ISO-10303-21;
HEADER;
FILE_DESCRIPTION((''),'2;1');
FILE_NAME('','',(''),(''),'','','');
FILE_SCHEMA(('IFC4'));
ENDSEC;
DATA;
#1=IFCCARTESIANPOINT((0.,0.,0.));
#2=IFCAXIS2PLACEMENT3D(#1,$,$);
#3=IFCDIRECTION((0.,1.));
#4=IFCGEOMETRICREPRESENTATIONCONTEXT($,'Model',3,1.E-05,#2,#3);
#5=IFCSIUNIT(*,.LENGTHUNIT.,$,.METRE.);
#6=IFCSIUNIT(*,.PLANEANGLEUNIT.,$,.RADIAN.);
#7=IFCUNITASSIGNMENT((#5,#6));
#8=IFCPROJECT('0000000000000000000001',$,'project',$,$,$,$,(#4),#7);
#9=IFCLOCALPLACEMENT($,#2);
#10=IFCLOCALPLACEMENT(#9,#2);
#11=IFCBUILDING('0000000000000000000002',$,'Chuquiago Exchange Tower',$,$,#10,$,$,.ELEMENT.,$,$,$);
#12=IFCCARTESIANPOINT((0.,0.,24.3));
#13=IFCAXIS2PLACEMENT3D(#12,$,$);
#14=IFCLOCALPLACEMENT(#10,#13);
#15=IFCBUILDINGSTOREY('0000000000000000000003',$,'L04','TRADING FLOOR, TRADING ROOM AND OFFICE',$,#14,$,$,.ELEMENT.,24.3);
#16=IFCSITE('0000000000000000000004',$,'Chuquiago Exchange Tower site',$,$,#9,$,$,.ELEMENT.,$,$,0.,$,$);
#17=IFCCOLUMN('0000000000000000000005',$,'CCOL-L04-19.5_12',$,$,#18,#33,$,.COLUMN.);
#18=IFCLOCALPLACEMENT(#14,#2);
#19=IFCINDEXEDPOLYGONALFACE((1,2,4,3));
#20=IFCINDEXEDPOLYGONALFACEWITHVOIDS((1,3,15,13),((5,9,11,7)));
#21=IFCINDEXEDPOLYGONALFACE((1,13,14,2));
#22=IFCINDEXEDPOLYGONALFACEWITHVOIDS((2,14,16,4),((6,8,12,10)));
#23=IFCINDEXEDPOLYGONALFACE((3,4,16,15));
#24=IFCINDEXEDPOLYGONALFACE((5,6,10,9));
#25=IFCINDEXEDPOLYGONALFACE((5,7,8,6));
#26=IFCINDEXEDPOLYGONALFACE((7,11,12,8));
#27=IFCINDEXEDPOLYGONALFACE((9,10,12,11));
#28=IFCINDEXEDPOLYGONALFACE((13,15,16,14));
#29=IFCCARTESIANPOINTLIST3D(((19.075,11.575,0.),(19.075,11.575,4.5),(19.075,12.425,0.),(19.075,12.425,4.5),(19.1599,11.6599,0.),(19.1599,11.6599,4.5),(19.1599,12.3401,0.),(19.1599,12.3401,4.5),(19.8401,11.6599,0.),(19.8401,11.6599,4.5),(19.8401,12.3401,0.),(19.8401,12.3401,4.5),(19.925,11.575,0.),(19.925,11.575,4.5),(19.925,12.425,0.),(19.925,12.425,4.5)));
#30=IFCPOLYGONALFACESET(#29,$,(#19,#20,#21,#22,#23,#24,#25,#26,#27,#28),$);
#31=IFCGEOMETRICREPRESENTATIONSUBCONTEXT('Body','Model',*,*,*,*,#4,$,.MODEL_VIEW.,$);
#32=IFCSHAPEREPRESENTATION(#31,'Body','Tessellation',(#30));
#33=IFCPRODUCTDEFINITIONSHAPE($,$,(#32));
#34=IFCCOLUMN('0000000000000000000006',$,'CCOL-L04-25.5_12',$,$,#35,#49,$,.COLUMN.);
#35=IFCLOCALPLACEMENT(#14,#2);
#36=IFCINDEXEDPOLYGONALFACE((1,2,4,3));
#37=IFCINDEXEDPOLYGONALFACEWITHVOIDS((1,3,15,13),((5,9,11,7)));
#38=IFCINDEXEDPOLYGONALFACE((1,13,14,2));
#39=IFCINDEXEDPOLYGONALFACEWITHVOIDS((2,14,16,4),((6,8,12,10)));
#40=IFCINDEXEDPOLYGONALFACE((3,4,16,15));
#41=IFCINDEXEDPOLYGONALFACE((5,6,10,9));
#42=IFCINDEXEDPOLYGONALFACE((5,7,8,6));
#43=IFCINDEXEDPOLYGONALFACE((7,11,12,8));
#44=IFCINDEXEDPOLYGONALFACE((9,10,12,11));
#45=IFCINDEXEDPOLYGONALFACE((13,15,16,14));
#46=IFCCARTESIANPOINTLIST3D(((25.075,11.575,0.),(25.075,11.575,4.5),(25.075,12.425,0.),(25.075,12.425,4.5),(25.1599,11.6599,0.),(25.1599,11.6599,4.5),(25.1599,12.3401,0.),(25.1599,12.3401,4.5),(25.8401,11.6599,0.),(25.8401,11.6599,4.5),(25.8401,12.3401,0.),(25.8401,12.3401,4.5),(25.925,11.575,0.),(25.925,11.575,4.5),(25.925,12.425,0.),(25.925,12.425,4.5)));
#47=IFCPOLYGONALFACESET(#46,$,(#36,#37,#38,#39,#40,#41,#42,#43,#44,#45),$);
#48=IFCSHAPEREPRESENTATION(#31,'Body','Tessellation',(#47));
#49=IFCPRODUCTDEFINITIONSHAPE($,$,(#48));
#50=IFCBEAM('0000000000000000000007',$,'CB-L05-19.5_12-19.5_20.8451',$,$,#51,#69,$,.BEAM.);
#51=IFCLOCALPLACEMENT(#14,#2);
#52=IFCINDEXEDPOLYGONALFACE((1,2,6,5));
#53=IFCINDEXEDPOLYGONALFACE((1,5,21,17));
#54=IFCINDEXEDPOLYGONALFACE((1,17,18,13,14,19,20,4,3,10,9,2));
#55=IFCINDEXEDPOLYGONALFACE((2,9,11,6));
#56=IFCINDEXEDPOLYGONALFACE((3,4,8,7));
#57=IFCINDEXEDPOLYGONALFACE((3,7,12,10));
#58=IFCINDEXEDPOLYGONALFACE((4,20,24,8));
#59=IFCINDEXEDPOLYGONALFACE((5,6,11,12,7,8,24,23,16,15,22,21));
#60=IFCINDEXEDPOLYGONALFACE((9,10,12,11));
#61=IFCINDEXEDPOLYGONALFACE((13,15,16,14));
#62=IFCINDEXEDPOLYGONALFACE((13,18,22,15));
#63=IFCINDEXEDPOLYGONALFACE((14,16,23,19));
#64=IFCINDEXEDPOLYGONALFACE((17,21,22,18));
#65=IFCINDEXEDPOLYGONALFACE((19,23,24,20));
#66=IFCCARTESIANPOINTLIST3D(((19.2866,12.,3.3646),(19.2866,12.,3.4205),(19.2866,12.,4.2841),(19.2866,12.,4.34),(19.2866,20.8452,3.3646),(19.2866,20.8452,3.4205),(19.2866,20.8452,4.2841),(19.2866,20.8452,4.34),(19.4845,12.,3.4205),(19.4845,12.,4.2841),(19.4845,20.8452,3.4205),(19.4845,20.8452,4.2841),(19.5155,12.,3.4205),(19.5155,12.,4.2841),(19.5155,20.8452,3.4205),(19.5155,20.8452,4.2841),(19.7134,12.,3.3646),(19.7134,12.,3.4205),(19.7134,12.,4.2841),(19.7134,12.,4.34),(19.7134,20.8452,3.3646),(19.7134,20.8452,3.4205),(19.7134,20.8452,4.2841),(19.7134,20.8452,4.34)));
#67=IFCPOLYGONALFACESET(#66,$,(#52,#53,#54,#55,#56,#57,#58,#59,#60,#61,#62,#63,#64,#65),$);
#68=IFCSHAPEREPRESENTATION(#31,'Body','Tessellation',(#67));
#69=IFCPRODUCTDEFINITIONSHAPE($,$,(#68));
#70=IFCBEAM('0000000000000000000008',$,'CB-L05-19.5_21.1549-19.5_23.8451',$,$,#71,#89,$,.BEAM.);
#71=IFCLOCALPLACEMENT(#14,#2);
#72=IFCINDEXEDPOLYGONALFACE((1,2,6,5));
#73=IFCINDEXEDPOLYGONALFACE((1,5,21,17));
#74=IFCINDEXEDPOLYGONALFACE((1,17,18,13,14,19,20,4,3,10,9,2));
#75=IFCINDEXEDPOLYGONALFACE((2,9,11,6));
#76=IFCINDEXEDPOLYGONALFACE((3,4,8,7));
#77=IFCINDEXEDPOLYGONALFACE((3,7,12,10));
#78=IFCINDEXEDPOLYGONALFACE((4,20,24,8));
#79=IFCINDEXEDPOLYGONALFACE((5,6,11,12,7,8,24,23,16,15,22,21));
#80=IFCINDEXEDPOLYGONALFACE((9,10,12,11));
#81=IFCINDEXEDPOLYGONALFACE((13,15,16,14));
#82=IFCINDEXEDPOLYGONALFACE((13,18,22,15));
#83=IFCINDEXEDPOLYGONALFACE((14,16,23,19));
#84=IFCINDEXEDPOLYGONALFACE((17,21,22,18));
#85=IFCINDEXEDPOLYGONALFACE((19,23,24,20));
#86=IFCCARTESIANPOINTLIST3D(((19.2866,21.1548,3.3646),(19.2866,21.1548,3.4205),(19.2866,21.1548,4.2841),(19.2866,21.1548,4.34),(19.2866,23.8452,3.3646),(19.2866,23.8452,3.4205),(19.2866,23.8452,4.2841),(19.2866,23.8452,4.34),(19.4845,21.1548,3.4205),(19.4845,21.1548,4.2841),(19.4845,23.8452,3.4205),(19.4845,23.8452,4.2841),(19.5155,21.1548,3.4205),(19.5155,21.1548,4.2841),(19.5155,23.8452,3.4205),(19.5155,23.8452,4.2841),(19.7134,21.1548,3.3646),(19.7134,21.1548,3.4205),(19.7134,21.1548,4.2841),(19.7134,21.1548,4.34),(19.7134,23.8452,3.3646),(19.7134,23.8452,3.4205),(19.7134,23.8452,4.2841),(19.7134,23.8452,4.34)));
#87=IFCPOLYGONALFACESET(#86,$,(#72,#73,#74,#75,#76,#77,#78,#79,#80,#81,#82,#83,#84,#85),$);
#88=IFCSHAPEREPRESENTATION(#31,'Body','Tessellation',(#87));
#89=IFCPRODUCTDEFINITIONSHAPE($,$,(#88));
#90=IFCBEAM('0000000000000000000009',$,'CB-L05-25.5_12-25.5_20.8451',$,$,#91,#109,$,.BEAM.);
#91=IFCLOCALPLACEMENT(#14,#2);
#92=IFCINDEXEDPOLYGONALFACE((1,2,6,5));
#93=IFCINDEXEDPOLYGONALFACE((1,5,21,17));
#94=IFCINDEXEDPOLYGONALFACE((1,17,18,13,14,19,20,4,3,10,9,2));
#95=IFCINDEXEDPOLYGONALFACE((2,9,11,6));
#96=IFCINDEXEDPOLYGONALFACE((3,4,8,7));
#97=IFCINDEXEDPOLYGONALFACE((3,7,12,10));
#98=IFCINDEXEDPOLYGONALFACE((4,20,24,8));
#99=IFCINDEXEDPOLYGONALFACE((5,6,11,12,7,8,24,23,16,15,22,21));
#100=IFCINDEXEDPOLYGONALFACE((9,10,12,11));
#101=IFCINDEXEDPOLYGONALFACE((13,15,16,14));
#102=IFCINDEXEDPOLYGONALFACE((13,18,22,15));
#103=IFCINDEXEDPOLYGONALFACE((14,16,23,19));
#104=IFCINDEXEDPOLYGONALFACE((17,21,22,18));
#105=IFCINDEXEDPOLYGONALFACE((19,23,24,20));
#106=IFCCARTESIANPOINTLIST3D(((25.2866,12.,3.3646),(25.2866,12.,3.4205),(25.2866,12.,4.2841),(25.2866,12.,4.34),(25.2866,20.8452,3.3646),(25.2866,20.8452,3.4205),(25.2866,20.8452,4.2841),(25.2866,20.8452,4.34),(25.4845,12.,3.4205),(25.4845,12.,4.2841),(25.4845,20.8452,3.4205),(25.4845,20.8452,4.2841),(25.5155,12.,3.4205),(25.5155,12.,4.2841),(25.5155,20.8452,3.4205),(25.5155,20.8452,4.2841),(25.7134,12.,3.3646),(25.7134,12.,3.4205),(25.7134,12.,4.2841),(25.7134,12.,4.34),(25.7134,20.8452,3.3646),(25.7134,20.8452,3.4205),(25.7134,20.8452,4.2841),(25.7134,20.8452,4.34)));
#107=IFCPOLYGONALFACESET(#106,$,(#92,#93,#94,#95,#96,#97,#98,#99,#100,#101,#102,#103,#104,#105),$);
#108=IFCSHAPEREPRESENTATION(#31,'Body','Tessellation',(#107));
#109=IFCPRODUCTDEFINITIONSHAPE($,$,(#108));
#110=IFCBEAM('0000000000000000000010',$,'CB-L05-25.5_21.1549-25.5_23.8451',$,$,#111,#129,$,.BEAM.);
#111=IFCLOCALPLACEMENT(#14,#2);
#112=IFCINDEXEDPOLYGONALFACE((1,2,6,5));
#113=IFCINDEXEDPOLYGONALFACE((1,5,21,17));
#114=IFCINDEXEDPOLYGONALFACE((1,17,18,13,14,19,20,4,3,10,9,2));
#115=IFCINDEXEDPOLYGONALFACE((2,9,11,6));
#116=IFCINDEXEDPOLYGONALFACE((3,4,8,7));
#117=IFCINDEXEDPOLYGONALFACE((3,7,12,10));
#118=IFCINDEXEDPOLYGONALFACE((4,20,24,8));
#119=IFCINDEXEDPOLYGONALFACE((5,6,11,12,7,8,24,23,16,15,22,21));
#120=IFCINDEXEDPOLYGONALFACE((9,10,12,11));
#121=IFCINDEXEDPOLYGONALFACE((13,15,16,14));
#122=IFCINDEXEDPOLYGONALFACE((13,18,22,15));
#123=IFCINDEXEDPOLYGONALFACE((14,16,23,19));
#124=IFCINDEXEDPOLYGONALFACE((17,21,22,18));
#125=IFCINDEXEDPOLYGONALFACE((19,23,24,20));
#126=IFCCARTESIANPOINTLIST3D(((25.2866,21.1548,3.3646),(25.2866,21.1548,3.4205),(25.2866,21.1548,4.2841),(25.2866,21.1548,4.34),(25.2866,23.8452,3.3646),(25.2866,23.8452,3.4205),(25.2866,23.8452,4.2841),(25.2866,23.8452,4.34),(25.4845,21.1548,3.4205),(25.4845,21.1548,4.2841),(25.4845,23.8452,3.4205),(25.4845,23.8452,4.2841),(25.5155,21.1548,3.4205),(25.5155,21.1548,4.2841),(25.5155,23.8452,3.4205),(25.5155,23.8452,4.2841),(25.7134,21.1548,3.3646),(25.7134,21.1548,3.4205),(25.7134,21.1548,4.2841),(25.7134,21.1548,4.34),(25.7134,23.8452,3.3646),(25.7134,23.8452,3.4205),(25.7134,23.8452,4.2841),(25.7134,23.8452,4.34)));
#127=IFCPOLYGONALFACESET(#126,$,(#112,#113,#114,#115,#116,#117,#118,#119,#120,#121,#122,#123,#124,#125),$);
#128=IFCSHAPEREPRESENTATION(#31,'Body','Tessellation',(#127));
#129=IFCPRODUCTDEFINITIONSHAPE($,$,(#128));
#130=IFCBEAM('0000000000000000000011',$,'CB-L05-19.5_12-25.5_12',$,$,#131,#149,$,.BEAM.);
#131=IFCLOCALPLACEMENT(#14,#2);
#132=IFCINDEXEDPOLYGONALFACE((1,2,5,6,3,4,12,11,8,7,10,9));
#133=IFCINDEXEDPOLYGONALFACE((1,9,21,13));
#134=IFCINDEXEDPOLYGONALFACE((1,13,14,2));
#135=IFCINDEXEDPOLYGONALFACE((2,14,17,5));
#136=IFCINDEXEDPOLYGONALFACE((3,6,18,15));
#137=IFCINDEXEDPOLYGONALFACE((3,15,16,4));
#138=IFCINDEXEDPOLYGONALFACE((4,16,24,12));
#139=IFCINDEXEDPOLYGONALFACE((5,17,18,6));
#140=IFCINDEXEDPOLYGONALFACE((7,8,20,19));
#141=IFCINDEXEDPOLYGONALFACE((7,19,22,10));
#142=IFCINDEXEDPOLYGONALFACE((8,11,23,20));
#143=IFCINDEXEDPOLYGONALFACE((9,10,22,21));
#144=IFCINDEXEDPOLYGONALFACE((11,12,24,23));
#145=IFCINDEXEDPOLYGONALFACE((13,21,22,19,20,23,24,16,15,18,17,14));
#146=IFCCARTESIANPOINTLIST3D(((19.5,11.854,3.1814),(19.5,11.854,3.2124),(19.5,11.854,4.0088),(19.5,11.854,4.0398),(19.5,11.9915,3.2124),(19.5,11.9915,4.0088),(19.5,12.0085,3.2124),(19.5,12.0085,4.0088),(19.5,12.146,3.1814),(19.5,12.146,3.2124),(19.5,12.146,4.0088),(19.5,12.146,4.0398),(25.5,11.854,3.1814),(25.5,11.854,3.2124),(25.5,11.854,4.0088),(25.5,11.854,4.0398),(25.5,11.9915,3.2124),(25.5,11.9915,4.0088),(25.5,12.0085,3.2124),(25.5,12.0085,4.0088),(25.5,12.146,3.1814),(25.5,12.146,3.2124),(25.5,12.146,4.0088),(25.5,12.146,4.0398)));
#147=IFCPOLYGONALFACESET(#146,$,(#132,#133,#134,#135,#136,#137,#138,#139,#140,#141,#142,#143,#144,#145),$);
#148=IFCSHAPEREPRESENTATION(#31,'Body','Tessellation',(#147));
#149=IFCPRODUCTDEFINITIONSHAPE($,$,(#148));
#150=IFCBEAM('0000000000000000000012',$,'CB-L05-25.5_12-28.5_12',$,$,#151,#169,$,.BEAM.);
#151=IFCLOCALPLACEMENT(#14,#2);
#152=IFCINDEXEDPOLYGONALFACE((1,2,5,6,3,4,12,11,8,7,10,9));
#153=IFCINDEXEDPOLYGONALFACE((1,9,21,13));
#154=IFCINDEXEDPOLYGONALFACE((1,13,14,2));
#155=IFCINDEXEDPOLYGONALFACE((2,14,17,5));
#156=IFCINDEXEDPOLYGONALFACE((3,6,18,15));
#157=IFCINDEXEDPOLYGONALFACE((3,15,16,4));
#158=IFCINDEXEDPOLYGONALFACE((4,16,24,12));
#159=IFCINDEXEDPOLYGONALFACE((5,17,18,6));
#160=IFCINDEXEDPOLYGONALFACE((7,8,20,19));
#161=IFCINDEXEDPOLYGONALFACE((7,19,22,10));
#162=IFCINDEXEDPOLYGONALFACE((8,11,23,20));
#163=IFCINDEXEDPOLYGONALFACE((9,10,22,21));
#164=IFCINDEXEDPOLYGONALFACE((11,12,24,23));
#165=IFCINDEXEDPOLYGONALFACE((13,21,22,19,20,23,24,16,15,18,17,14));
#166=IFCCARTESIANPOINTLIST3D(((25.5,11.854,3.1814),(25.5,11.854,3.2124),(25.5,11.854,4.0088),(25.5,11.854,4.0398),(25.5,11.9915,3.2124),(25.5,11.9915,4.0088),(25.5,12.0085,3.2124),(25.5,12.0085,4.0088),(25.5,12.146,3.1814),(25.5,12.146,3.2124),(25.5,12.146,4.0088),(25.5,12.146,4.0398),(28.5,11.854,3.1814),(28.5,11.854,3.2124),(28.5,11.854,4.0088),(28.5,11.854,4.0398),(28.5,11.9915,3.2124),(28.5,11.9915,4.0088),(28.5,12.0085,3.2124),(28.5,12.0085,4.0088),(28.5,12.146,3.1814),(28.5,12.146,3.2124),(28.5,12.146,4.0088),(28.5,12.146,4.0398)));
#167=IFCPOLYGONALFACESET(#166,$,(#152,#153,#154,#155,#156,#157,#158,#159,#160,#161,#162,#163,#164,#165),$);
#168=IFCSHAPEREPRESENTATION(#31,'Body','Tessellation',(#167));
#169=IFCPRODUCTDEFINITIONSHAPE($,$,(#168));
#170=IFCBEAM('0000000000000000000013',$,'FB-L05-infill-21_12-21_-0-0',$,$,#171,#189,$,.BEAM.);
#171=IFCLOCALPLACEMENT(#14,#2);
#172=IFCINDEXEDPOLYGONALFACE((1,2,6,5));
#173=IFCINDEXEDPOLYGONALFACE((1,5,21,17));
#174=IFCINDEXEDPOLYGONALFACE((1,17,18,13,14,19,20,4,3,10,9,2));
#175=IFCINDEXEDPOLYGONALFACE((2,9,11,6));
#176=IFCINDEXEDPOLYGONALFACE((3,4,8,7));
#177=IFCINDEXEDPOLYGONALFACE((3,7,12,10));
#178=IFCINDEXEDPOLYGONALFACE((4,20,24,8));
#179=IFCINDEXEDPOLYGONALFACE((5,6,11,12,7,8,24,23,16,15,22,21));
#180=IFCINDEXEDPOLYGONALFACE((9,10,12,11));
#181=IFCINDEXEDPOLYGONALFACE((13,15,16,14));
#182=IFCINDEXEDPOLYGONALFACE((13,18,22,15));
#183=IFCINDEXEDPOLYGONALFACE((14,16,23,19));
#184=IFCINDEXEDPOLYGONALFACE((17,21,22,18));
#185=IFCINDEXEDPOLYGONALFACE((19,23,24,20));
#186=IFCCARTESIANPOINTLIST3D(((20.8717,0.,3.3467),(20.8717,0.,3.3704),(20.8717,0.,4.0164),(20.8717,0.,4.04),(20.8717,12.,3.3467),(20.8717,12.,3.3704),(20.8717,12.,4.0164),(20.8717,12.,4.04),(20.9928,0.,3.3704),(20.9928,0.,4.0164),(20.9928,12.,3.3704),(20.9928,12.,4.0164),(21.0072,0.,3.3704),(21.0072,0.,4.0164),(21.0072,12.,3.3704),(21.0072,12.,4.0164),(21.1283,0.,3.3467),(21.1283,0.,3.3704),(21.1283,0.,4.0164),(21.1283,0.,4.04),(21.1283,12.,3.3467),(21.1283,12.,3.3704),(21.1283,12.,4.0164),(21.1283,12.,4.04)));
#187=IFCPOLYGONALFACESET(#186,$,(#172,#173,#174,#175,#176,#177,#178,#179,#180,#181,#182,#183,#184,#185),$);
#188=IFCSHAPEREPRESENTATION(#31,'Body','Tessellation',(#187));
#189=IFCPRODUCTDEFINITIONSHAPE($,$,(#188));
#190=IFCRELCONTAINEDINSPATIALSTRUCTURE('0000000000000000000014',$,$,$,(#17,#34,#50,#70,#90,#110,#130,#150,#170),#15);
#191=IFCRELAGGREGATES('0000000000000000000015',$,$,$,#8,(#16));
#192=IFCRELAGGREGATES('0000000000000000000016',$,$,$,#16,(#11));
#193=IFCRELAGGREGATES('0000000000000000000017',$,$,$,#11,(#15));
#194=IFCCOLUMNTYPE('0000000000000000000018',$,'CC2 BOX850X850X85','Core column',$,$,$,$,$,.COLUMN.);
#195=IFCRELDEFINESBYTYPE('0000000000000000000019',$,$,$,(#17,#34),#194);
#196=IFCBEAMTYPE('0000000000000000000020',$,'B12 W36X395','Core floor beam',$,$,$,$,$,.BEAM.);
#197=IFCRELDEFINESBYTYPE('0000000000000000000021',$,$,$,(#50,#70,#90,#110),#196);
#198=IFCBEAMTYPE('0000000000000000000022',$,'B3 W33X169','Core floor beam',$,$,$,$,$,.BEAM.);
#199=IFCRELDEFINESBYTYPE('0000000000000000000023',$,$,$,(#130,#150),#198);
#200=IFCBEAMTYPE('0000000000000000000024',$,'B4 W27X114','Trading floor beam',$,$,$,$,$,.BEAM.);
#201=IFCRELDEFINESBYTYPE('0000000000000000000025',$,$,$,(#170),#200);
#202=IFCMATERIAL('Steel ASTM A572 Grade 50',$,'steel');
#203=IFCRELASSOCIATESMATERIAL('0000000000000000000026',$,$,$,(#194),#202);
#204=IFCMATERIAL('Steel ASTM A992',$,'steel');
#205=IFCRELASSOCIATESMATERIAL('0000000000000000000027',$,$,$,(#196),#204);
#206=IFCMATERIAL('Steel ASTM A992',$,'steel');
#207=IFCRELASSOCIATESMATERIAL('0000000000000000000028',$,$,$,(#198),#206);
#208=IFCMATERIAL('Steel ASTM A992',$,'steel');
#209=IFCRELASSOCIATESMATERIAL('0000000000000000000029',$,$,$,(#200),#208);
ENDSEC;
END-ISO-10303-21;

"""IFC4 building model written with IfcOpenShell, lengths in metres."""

from ifc_helpers import new_model, si_unit, direction, frame, origin, origin_2d, place, context, subcontext, project, spatial, hollow_rectangle, i_section, extrude, material, material_profile, profile_set, type_object, element, save


model = new_model("IFC4")

# Units and contexts
model_context = context("Model", 3, precision=1e-05, world=origin(), true_north=direction((0.0, 1.0)))
body_context = subcontext(model_context, "Body", "Model", "MODEL_VIEW")
ifc_project = project(units=[si_unit("LENGTHUNIT", "METRE"), si_unit("PLANEANGLEUNIT", "RADIAN")], contexts=[model_context])

# Site, building, storey
site_placement = place(None, origin())
site = spatial("IfcSite", under=ifc_project, at=site_placement, Name="Chuquiago Exchange Tower site", CompositionType="ELEMENT", RefElevation=0.0)
building_placement = place(site_placement, origin())
building = spatial("IfcBuilding", under=site, at=building_placement, Name="Chuquiago Exchange Tower", CompositionType="ELEMENT")
storey_placement = place(building_placement, frame((0.0, 0.0, 24.3)))
storey = spatial("IfcBuildingStorey", under=building, at=storey_placement, Name="L04", Description="TRADING FLOOR, TRADING ROOM AND OFFICE", CompositionType="ELEMENT", Elevation=24.3)

# Columns
ifc_material_1 = material(Name="Steel ASTM A572 Grade 50", Category="steel")
ifc_material_profile_1 = material_profile(ifc_material_1, hollow_rectangle(XDim=0.8501, YDim=0.8501, WallThickness=0.085, at=origin_2d()), Name="BOX850X850X85")
ifc_profile_set_1 = profile_set([ifc_material_profile_1], Name="Steel ASTM A572 Grade 50")
column_type = type_object("IfcColumnType", Name="CC2 BOX850X850X85", Description="Core column", PredefinedType="COLUMN", material=ifc_profile_set_1)
for number, where, z_axis, x_axis, name in (
    (1, (19.5, 12.0, 0.0), (0.0, 0.0, 1.0), (1.0, 0.0, 0.0), "CCOL-L04-19.5_12"),
    (2, (25.5, 12.0, 0.0), (0.0, 0.0, 1.0), (1.0, 0.0, 0.0), "CCOL-L04-25.5_12"),
):
    element("IfcColumn", number, at=place(storey_placement, frame(where, z_axis=z_axis, x_axis=x_axis)), inside=storey, type_object=column_type, Name=name, PredefinedType="COLUMN", context=body_context, shape_type="SweptSolid", body=[
        extrude(hollow_rectangle(XDim=0.8501, YDim=0.8501, WallThickness=0.085, at=origin_2d()), origin(), (0.0, 0.0, 1.0), 4.5),
    ])

# Beams
ifc_material_2 = material(Name="Steel ASTM A992", Category="steel")
ifc_material_profile_2 = material_profile(ifc_material_2, i_section(OverallWidth=0.4268, OverallDepth=0.9753, WebThickness=0.031, FlangeThickness=0.0559, at=origin_2d()), Name="W36X395")
ifc_profile_set_2 = profile_set([ifc_material_profile_2], Name="Steel ASTM A992")
beam_type_1 = type_object("IfcBeamType", Name="B12 W36X395", Description="Core floor beam", PredefinedType="BEAM", material=ifc_profile_set_2)
beam_1_placement = place(storey_placement, frame((19.5, 12.0, 3.8523), z_axis=(0.0, 1.0, 0.0), x_axis=(-1.0, 0.0, 0.0)))
element("IfcBeam", 3, at=beam_1_placement, inside=storey, type_object=beam_type_1, Name="CB-L05-19.5_12-19.5_20.8451", PredefinedType="BEAM", context=body_context, shape_type="SweptSolid", body=[
    extrude(i_section(OverallWidth=0.4268, OverallDepth=0.9753, WebThickness=0.031, FlangeThickness=0.0559, at=origin_2d()), origin(), (0.0, 0.0, 1.0), 8.8452),
])
beam_2_placement = place(storey_placement, frame((19.5, 21.1548, 3.8523), z_axis=(0.0, 1.0, 0.0), x_axis=(-1.0, 0.0, 0.0)))
element("IfcBeam", 4, at=beam_2_placement, inside=storey, type_object=beam_type_1, Name="CB-L05-19.5_21.1549-19.5_23.8451", PredefinedType="BEAM", context=body_context, shape_type="SweptSolid", body=[
    extrude(i_section(OverallWidth=0.4268, OverallDepth=0.9753, WebThickness=0.031, FlangeThickness=0.0559, at=origin_2d()), origin(), (0.0, 0.0, 1.0), 2.6904),
])
beam_3_placement = place(storey_placement, frame((25.5, 12.0, 3.8523), z_axis=(0.0, 1.0, 0.0), x_axis=(-1.0, 0.0, 0.0)))
element("IfcBeam", 5, at=beam_3_placement, inside=storey, type_object=beam_type_1, Name="CB-L05-25.5_12-25.5_20.8451", PredefinedType="BEAM", context=body_context, shape_type="SweptSolid", body=[
    extrude(i_section(OverallWidth=0.4268, OverallDepth=0.9753, WebThickness=0.031, FlangeThickness=0.0559, at=origin_2d()), origin(), (0.0, 0.0, 1.0), 8.8452),
])
beam_4_placement = place(storey_placement, frame((25.5, 21.1548, 3.8523), z_axis=(0.0, 1.0, 0.0), x_axis=(-1.0, 0.0, 0.0)))
element("IfcBeam", 6, at=beam_4_placement, inside=storey, type_object=beam_type_1, Name="CB-L05-25.5_21.1549-25.5_23.8451", PredefinedType="BEAM", context=body_context, shape_type="SweptSolid", body=[
    extrude(i_section(OverallWidth=0.4268, OverallDepth=0.9753, WebThickness=0.031, FlangeThickness=0.0559, at=origin_2d()), origin(), (0.0, 0.0, 1.0), 2.6904),
])
ifc_material_3 = material(Name="Steel ASTM A992", Category="steel")
ifc_material_profile_3 = material_profile(ifc_material_3, i_section(OverallWidth=0.292, OverallDepth=0.8584, WebThickness=0.0171, FlangeThickness=0.031, at=origin_2d()), Name="W33X169")
ifc_profile_set_3 = profile_set([ifc_material_profile_3], Name="Steel ASTM A992")
beam_type_2 = type_object("IfcBeamType", Name="B3 W33X169", Description="Core floor beam", PredefinedType="BEAM", material=ifc_profile_set_3)
beam_5_placement = place(storey_placement, frame((19.5, 12.0, 3.6106), z_axis=(1.0, 0.0, 0.0), x_axis=(0.0, 1.0, 0.0)))
element("IfcBeam", 7, at=beam_5_placement, inside=storey, type_object=beam_type_2, Name="CB-L05-19.5_12-25.5_12", PredefinedType="BEAM", context=body_context, shape_type="SweptSolid", body=[
    extrude(i_section(OverallWidth=0.292, OverallDepth=0.8584, WebThickness=0.0171, FlangeThickness=0.031, at=origin_2d()), origin(), (0.0, 0.0, 1.0), 6.0),
])
beam_6_placement = place(storey_placement, frame((25.5, 12.0, 3.6106), z_axis=(1.0, 0.0, 0.0), x_axis=(0.0, 1.0, 0.0)))
element("IfcBeam", 8, at=beam_6_placement, inside=storey, type_object=beam_type_2, Name="CB-L05-25.5_12-28.5_12", PredefinedType="BEAM", context=body_context, shape_type="SweptSolid", body=[
    extrude(i_section(OverallWidth=0.292, OverallDepth=0.8584, WebThickness=0.0171, FlangeThickness=0.031, at=origin_2d()), origin(), (0.0, 0.0, 1.0), 3.0),
])
ifc_material_4 = material(Name="Steel ASTM A992", Category="steel")
ifc_material_profile_4 = material_profile(ifc_material_4, i_section(OverallWidth=0.2566, OverallDepth=0.6934, WebThickness=0.0144, FlangeThickness=0.0237, at=origin_2d()), Name="W27X114")
ifc_profile_set_4 = profile_set([ifc_material_profile_4], Name="Steel ASTM A992")
beam_type_3 = type_object("IfcBeamType", Name="B4 W27X114", Description="Trading floor beam", PredefinedType="BEAM", material=ifc_profile_set_4)
for number, where, z_axis, x_axis, name in (
    (9, (21.0, 12.0, 3.6934), (0.0, -1.0, 0.0), (1.0, 0.0, 0.0), "FB-L05-infill-21_12-21_-0-0"),
):
    element("IfcBeam", number, at=place(storey_placement, frame(where, z_axis=z_axis, x_axis=x_axis)), inside=storey, type_object=beam_type_3, Name=name, PredefinedType="BEAM", context=body_context, shape_type="SweptSolid", body=[
        extrude(i_section(OverallWidth=0.2566, OverallDepth=0.6934, WebThickness=0.0144, FlangeThickness=0.0237, at=origin_2d()), origin(), (0.0, 0.0, 1.0), 12.0),
    ])

save(model, "model.ifc")
